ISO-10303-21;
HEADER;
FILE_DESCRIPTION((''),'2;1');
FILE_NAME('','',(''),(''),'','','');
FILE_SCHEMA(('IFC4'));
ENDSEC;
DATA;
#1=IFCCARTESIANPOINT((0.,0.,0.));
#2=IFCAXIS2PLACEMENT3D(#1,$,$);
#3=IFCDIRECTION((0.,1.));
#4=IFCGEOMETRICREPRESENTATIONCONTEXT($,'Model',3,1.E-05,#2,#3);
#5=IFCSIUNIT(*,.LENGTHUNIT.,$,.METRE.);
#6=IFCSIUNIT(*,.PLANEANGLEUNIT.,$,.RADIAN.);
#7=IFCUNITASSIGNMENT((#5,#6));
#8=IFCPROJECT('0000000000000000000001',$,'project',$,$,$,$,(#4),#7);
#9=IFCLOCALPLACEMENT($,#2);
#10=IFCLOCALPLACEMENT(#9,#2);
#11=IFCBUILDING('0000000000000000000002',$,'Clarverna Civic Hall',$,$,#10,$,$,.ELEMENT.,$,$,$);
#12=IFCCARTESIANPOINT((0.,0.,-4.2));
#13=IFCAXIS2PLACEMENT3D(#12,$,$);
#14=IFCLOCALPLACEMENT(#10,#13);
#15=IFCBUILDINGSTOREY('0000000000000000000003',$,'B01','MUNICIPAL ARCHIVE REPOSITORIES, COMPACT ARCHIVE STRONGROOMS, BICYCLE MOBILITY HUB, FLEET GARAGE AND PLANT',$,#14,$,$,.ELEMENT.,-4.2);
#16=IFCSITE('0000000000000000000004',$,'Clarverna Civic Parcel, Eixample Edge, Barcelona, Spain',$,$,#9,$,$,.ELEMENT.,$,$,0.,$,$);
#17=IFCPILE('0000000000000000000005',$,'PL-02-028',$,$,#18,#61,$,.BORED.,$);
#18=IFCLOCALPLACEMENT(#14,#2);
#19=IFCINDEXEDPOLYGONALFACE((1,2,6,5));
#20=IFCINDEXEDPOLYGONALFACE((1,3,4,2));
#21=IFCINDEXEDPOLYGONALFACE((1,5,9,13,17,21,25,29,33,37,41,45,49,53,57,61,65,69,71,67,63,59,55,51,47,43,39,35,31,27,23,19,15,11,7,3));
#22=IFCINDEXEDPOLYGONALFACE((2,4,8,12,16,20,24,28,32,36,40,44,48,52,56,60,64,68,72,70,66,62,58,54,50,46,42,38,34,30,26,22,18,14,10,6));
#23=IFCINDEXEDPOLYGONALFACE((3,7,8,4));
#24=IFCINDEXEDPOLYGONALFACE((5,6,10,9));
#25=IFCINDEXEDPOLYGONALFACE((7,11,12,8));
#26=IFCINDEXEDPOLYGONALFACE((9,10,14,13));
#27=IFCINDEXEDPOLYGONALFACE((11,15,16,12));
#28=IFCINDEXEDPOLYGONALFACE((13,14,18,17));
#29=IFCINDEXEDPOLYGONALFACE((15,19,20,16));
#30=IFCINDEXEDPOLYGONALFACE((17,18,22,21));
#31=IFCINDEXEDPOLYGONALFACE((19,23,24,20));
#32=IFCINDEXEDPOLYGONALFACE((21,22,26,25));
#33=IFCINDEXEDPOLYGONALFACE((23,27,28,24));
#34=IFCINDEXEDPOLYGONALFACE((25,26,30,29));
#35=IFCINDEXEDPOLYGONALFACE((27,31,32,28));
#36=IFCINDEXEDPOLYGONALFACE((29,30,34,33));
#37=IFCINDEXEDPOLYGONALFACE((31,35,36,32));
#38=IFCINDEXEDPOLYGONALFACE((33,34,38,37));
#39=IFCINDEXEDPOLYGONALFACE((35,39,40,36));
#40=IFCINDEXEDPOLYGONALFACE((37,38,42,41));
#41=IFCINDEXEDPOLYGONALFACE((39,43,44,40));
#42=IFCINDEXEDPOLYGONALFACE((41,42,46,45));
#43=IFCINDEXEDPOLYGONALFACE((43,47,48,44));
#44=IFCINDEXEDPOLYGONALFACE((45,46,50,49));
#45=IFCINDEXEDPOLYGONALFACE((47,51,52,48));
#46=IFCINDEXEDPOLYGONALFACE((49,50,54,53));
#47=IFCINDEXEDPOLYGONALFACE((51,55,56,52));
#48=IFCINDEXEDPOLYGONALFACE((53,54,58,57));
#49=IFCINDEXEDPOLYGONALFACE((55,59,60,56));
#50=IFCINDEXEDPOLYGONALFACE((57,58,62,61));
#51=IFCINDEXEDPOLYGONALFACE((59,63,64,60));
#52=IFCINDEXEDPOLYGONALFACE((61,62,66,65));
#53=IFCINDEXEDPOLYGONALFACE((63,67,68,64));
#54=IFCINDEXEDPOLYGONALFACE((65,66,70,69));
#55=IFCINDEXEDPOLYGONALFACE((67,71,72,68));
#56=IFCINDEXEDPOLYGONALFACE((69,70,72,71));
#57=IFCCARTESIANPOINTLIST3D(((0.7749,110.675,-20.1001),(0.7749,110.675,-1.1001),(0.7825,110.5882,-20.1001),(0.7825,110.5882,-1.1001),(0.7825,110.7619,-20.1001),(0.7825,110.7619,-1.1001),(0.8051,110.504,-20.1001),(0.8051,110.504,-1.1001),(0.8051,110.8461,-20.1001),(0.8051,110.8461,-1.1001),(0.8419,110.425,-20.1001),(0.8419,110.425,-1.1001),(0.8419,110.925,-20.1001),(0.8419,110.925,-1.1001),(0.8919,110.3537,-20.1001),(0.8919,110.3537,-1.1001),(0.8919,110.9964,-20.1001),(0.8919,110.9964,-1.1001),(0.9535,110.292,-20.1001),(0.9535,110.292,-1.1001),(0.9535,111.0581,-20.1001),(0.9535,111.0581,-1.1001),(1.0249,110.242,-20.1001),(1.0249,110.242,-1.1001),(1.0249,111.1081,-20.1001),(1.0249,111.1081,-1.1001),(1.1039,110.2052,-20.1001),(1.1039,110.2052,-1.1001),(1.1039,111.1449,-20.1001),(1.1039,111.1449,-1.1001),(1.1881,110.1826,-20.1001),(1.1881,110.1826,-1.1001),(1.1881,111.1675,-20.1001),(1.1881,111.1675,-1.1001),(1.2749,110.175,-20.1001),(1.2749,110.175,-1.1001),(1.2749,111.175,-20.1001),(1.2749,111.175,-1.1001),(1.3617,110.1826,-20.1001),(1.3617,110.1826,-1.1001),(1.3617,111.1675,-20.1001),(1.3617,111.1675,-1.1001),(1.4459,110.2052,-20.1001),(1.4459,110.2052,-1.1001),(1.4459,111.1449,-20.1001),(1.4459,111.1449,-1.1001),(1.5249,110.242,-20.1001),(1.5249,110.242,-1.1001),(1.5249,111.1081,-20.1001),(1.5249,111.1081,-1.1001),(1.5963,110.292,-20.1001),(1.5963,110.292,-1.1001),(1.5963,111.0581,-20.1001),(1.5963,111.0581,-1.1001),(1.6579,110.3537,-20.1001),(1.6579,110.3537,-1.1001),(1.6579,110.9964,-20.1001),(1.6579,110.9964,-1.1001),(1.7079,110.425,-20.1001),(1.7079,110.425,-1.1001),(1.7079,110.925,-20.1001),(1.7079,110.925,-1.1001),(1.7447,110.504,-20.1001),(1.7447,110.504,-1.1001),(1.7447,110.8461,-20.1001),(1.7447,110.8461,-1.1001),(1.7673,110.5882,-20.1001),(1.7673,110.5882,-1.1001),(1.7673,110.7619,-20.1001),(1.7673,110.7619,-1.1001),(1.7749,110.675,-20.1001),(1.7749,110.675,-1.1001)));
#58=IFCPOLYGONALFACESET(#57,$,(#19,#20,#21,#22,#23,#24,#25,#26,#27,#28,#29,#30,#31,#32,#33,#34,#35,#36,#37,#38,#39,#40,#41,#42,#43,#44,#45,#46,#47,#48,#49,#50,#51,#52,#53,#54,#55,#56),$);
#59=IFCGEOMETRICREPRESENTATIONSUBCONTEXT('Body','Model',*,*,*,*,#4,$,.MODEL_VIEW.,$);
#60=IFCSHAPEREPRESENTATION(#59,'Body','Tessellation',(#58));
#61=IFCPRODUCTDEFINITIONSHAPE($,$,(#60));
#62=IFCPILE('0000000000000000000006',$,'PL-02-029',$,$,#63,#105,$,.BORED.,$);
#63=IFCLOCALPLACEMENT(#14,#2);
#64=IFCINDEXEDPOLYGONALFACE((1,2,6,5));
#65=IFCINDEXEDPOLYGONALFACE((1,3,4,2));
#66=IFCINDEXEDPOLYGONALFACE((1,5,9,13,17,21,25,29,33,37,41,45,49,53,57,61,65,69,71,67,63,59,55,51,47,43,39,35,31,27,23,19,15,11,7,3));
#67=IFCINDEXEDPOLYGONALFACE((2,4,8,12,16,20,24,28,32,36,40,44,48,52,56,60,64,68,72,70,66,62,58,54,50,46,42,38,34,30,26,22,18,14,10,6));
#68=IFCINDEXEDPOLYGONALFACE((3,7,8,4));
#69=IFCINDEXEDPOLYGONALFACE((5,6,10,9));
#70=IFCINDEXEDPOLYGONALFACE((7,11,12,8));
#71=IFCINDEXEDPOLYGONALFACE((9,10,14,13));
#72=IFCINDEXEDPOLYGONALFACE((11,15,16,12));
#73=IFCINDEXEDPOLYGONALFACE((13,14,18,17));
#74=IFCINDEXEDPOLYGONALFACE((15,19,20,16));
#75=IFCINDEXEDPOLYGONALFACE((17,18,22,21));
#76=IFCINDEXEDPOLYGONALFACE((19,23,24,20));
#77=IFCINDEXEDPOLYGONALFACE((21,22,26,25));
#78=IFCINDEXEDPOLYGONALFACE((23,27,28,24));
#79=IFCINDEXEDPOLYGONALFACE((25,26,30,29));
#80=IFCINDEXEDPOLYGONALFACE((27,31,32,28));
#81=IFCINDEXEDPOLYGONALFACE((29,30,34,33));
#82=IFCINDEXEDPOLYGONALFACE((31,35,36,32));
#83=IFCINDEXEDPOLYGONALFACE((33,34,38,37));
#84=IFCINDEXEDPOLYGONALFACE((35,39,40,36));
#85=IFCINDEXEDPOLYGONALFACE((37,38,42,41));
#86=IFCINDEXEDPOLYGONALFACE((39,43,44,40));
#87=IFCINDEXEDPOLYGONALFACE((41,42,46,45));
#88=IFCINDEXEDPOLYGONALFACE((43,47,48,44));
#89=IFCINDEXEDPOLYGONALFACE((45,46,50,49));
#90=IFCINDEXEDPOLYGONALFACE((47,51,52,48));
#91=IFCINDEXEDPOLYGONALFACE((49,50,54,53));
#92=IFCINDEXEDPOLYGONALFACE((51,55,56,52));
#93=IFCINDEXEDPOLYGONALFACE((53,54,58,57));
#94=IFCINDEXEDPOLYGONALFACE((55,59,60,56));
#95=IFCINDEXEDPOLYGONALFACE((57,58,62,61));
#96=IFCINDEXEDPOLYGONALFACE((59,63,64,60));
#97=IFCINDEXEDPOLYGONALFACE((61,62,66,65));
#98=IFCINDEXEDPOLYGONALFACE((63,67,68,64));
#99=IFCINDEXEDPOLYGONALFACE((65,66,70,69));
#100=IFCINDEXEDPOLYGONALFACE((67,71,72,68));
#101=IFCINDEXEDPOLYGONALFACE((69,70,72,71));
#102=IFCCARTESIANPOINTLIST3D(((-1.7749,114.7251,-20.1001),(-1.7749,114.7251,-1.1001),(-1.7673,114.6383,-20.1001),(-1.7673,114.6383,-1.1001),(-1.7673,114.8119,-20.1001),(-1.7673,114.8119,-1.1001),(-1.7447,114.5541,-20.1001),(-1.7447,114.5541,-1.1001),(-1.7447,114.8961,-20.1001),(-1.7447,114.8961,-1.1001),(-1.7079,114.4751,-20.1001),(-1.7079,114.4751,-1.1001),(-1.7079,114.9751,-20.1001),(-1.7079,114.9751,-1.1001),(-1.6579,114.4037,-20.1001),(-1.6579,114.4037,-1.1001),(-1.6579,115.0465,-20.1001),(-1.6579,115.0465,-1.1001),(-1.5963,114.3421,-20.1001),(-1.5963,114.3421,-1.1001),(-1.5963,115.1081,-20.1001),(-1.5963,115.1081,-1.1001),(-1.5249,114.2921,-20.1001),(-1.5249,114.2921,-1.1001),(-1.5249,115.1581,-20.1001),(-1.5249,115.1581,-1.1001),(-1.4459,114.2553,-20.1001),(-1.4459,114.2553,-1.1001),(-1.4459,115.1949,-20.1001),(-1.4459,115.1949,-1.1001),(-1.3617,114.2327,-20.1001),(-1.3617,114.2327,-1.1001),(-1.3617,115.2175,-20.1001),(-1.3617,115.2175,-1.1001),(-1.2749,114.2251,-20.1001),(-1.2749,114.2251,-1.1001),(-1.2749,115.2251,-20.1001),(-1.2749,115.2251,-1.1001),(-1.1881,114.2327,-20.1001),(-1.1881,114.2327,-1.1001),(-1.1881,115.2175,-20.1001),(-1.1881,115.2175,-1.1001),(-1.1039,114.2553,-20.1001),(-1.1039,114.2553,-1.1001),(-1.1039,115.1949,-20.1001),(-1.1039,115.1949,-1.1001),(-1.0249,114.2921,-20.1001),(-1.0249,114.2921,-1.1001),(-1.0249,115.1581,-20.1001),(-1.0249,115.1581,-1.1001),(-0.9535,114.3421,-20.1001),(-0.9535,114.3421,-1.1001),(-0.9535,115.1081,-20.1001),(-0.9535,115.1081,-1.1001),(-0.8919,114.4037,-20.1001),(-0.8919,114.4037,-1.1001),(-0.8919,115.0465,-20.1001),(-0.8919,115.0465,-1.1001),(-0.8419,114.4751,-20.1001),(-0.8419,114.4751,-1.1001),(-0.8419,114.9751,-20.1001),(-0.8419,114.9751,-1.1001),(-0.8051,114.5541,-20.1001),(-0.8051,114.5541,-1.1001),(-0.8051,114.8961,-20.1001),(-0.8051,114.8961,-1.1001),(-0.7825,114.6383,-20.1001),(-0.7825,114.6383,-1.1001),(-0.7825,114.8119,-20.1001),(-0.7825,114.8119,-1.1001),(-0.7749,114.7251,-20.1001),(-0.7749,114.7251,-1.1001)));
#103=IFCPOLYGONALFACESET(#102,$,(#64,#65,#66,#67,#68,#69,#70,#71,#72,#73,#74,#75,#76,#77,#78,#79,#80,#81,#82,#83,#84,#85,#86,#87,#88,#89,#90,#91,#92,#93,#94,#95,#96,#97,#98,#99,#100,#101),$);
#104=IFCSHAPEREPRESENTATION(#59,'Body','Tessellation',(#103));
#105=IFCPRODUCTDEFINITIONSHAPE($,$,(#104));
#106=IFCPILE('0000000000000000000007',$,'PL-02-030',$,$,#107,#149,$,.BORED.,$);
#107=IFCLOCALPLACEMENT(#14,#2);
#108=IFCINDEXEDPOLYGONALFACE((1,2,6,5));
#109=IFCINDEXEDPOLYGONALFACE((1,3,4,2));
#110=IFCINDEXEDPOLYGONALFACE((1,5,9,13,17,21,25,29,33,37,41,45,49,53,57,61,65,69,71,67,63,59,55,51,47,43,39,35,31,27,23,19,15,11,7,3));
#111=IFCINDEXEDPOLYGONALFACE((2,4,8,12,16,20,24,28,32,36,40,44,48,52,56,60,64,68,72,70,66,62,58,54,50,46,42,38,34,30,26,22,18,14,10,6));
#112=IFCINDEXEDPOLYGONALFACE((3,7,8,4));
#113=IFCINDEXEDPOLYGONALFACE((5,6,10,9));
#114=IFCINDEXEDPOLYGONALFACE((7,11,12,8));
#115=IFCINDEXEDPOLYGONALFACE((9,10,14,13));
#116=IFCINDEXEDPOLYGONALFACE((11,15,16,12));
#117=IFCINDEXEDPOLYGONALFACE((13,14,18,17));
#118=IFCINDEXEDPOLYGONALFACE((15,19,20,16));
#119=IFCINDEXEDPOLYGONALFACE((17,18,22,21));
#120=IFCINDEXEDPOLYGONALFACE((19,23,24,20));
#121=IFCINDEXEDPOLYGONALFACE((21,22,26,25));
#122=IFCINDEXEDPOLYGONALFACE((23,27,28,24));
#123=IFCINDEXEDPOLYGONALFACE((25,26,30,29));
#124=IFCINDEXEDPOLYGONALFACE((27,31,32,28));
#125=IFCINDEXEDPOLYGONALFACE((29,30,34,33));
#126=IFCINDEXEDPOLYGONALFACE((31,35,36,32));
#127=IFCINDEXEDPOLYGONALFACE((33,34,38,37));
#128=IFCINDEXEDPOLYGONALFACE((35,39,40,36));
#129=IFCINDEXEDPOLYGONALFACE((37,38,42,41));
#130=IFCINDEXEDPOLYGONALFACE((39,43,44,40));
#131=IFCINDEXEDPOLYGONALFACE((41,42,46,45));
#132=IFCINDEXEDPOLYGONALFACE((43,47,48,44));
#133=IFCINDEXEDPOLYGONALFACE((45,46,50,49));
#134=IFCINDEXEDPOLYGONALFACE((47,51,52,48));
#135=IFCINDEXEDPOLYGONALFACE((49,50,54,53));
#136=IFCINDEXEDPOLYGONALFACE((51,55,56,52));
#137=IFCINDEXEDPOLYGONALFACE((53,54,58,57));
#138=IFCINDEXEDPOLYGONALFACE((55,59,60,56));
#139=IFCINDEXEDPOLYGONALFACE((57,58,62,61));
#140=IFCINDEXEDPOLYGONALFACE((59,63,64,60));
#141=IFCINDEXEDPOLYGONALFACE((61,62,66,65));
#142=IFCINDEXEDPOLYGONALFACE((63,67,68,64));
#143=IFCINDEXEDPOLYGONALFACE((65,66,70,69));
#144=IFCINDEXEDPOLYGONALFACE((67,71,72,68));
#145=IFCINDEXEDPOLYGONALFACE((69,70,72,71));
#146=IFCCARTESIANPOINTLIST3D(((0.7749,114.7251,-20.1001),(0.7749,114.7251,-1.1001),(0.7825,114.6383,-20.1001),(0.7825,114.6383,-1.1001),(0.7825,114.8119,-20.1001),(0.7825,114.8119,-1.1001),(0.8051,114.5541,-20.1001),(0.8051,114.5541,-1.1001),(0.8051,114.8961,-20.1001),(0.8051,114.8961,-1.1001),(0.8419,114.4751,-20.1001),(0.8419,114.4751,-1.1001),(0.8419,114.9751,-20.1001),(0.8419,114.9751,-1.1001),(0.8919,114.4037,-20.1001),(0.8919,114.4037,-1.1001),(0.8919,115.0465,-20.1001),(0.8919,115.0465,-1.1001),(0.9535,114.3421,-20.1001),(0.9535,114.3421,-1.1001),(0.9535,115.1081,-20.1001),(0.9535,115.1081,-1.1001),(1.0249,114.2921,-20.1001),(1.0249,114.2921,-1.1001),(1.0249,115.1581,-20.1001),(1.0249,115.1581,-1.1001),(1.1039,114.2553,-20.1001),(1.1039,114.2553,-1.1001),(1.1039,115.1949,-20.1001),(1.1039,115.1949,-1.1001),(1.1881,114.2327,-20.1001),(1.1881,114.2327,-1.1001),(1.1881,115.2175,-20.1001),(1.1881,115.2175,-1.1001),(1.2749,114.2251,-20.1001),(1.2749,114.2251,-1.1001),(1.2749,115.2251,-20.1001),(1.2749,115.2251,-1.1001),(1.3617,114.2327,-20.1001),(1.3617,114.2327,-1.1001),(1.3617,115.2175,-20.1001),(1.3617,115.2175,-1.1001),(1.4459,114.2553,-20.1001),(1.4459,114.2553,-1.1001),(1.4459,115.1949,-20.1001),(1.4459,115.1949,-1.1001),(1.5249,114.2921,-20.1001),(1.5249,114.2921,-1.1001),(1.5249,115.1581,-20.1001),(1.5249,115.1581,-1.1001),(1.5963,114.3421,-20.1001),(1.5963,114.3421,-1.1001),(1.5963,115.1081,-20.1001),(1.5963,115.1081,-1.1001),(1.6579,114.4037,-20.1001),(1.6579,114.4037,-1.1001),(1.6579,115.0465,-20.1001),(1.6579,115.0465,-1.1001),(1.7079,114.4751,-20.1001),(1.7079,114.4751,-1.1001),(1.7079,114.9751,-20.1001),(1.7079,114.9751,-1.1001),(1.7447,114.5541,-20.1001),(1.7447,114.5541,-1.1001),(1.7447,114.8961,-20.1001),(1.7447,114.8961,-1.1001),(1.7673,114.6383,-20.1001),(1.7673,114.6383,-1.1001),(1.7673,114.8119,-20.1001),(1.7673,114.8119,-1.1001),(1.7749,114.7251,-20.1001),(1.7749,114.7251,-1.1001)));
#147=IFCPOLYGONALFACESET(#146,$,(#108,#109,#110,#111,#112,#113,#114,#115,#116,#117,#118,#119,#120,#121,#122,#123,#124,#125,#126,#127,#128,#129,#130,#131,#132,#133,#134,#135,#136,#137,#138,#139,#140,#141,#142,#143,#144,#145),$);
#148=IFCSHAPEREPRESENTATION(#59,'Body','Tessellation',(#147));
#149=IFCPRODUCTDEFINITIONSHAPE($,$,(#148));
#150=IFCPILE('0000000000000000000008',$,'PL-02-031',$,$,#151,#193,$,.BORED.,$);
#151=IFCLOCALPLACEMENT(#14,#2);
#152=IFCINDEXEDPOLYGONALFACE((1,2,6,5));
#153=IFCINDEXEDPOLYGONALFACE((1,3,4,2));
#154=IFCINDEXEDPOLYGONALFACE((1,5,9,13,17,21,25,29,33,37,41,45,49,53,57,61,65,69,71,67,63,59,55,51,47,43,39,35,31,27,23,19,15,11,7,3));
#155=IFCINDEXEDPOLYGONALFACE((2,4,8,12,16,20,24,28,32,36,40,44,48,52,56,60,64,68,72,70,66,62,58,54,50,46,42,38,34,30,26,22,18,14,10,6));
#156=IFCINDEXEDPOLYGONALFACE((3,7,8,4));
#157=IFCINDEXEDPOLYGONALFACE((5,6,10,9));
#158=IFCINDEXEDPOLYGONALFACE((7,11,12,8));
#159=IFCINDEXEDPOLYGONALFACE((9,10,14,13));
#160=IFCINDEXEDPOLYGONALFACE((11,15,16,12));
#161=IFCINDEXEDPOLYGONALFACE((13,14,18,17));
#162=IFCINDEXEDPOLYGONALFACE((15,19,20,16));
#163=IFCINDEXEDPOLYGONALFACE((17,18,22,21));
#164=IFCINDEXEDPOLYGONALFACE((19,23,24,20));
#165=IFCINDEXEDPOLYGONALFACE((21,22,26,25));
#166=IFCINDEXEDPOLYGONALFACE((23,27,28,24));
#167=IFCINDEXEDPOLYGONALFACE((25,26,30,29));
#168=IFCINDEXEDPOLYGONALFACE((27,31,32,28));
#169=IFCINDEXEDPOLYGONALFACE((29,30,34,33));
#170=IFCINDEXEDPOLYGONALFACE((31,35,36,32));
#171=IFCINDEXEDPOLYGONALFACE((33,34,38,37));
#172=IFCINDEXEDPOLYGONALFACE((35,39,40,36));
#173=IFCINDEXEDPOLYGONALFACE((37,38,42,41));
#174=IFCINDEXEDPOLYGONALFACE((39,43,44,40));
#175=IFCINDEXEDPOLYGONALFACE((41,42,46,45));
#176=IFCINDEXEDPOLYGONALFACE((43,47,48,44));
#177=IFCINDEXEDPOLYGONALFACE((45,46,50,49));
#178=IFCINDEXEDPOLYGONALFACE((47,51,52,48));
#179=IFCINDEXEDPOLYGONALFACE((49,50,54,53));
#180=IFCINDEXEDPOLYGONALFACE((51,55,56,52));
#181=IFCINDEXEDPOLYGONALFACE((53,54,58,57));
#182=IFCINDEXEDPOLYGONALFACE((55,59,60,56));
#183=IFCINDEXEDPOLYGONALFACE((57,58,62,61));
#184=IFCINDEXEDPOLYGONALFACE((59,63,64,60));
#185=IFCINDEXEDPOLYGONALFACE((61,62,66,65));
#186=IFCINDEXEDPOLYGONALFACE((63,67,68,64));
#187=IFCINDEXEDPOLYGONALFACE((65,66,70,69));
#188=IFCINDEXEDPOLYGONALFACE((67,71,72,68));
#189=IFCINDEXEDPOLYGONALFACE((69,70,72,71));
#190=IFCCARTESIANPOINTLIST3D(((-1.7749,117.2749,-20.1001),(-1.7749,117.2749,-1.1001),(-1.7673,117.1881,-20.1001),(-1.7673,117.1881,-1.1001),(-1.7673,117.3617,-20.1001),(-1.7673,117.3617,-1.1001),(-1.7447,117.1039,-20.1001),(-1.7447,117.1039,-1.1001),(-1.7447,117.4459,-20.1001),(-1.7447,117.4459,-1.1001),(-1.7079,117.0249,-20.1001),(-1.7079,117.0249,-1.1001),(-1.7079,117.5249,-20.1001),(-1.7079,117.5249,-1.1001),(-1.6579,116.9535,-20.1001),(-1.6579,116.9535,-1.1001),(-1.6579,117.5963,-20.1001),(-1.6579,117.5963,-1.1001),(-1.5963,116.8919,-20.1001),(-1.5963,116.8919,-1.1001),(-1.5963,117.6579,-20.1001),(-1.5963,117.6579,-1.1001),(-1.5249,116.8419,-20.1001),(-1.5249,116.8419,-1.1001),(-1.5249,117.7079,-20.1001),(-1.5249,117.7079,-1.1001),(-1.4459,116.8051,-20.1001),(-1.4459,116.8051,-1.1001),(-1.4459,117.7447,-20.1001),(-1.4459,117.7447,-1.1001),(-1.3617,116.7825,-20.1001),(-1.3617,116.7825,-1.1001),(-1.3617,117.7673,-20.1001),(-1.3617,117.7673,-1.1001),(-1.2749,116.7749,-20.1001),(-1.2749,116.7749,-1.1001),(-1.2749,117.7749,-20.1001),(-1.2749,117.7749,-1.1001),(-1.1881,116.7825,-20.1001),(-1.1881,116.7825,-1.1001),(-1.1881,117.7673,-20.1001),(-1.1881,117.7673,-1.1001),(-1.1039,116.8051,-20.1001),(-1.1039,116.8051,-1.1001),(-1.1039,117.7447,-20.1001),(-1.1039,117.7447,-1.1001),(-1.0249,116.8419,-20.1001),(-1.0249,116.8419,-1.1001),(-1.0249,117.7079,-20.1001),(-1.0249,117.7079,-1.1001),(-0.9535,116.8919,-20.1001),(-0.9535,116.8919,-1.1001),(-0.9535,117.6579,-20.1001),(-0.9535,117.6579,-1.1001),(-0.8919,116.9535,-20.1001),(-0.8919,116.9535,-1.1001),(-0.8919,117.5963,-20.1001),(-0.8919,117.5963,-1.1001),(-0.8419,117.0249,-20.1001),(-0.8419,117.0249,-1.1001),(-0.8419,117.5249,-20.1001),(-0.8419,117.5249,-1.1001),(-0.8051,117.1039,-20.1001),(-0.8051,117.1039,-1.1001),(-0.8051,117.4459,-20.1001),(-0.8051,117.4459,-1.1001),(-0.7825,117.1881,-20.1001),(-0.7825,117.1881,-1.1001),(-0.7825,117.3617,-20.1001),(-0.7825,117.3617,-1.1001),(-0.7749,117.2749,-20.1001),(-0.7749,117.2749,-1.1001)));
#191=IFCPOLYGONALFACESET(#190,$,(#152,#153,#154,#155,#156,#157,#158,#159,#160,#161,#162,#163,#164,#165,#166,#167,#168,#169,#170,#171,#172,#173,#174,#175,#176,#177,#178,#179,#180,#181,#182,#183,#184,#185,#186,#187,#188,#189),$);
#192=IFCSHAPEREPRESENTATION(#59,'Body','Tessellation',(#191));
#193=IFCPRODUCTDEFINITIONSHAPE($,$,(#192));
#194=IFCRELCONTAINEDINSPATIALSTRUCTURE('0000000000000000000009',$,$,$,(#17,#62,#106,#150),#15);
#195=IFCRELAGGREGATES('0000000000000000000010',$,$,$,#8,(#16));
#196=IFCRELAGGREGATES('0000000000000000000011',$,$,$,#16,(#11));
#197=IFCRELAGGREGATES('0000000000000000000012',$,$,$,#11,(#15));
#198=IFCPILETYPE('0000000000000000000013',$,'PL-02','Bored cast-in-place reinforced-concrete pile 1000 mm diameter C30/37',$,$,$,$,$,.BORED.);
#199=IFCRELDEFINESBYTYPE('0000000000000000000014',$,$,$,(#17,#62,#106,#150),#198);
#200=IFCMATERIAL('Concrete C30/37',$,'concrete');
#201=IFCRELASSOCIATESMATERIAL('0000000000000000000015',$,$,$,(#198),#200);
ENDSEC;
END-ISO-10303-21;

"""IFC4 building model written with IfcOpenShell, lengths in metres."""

from ifc_helpers import new_model, si_unit, direction, frame, origin, origin_2d, place, context, subcontext, project, spatial, circle, extrude, material, material_profile, profile_set, type_object, element, save


model = new_model("IFC4")

# Units and contexts
model_context = context("Model", 3, precision=1e-05, world=origin(), true_north=direction((0.0, 1.0)))
body_context = subcontext(model_context, "Body", "Model", "MODEL_VIEW")
ifc_project = project(units=[si_unit("LENGTHUNIT", "METRE"), si_unit("PLANEANGLEUNIT", "RADIAN")], contexts=[model_context])

# Site, building, storey
site_placement = place(None, origin())
site = spatial("IfcSite", under=ifc_project, at=site_placement, Name="Clarverna Civic Parcel, Eixample Edge, Barcelona, Spain", CompositionType="ELEMENT", RefElevation=0.0)
building_placement = place(site_placement, origin())
building = spatial("IfcBuilding", under=site, at=building_placement, Name="Clarverna Civic Hall", CompositionType="ELEMENT")
storey_placement = place(building_placement, frame((0.0, 0.0, -4.2)))
storey = spatial("IfcBuildingStorey", under=building, at=storey_placement, Name="B01", Description="MUNICIPAL ARCHIVE REPOSITORIES, COMPACT ARCHIVE STRONGROOMS, BICYCLE MOBILITY HUB, FLEET GARAGE AND PLANT", CompositionType="ELEMENT", Elevation=-4.2)

# Shared definitions
ifc_material_1 = material(Name="Concrete C30/37", Category="concrete")

# Piles
ifc_material_profile_1 = material_profile(ifc_material_1, circle(Radius=0.5, at=origin_2d()), Name="BORED PILE D1000")
ifc_profile_set_1 = profile_set([ifc_material_profile_1], Name="Concrete C30/37")
pile_type = type_object("IfcPileType", Name="PL-02", Description="Bored cast-in-place reinforced-concrete pile 1000 mm diameter C30/37", PredefinedType="BORED", material=ifc_profile_set_1)
for number, where, z_axis, x_axis, name in (
    (1, (1.2749, 110.675, -1.1001), (0.0, 0.0, -1.0), (1.0, 0.0, 0.0), "PL-02-028"),
    (2, (-1.2749, 114.7251, -1.1001), (0.0, 0.0, -1.0), (1.0, 0.0, 0.0), "PL-02-029"),
    (3, (1.2749, 114.7251, -1.1001), (0.0, 0.0, -1.0), (1.0, 0.0, 0.0), "PL-02-030"),
    (4, (-1.2749, 117.2749, -1.1001), (0.0, 0.0, -1.0), (1.0, 0.0, 0.0), "PL-02-031"),
):
    element("IfcPile", number, at=place(storey_placement, frame(where, z_axis=z_axis, x_axis=x_axis)), inside=storey, type_object=pile_type, Name=name, PredefinedType="BORED", context=body_context, shape_type="SweptSolid", body=[
        extrude(circle(Radius=0.5, at=origin_2d()), origin(), (0.0, 0.0, 1.0), 19.0),
    ])

save(model, "model.ifc")
